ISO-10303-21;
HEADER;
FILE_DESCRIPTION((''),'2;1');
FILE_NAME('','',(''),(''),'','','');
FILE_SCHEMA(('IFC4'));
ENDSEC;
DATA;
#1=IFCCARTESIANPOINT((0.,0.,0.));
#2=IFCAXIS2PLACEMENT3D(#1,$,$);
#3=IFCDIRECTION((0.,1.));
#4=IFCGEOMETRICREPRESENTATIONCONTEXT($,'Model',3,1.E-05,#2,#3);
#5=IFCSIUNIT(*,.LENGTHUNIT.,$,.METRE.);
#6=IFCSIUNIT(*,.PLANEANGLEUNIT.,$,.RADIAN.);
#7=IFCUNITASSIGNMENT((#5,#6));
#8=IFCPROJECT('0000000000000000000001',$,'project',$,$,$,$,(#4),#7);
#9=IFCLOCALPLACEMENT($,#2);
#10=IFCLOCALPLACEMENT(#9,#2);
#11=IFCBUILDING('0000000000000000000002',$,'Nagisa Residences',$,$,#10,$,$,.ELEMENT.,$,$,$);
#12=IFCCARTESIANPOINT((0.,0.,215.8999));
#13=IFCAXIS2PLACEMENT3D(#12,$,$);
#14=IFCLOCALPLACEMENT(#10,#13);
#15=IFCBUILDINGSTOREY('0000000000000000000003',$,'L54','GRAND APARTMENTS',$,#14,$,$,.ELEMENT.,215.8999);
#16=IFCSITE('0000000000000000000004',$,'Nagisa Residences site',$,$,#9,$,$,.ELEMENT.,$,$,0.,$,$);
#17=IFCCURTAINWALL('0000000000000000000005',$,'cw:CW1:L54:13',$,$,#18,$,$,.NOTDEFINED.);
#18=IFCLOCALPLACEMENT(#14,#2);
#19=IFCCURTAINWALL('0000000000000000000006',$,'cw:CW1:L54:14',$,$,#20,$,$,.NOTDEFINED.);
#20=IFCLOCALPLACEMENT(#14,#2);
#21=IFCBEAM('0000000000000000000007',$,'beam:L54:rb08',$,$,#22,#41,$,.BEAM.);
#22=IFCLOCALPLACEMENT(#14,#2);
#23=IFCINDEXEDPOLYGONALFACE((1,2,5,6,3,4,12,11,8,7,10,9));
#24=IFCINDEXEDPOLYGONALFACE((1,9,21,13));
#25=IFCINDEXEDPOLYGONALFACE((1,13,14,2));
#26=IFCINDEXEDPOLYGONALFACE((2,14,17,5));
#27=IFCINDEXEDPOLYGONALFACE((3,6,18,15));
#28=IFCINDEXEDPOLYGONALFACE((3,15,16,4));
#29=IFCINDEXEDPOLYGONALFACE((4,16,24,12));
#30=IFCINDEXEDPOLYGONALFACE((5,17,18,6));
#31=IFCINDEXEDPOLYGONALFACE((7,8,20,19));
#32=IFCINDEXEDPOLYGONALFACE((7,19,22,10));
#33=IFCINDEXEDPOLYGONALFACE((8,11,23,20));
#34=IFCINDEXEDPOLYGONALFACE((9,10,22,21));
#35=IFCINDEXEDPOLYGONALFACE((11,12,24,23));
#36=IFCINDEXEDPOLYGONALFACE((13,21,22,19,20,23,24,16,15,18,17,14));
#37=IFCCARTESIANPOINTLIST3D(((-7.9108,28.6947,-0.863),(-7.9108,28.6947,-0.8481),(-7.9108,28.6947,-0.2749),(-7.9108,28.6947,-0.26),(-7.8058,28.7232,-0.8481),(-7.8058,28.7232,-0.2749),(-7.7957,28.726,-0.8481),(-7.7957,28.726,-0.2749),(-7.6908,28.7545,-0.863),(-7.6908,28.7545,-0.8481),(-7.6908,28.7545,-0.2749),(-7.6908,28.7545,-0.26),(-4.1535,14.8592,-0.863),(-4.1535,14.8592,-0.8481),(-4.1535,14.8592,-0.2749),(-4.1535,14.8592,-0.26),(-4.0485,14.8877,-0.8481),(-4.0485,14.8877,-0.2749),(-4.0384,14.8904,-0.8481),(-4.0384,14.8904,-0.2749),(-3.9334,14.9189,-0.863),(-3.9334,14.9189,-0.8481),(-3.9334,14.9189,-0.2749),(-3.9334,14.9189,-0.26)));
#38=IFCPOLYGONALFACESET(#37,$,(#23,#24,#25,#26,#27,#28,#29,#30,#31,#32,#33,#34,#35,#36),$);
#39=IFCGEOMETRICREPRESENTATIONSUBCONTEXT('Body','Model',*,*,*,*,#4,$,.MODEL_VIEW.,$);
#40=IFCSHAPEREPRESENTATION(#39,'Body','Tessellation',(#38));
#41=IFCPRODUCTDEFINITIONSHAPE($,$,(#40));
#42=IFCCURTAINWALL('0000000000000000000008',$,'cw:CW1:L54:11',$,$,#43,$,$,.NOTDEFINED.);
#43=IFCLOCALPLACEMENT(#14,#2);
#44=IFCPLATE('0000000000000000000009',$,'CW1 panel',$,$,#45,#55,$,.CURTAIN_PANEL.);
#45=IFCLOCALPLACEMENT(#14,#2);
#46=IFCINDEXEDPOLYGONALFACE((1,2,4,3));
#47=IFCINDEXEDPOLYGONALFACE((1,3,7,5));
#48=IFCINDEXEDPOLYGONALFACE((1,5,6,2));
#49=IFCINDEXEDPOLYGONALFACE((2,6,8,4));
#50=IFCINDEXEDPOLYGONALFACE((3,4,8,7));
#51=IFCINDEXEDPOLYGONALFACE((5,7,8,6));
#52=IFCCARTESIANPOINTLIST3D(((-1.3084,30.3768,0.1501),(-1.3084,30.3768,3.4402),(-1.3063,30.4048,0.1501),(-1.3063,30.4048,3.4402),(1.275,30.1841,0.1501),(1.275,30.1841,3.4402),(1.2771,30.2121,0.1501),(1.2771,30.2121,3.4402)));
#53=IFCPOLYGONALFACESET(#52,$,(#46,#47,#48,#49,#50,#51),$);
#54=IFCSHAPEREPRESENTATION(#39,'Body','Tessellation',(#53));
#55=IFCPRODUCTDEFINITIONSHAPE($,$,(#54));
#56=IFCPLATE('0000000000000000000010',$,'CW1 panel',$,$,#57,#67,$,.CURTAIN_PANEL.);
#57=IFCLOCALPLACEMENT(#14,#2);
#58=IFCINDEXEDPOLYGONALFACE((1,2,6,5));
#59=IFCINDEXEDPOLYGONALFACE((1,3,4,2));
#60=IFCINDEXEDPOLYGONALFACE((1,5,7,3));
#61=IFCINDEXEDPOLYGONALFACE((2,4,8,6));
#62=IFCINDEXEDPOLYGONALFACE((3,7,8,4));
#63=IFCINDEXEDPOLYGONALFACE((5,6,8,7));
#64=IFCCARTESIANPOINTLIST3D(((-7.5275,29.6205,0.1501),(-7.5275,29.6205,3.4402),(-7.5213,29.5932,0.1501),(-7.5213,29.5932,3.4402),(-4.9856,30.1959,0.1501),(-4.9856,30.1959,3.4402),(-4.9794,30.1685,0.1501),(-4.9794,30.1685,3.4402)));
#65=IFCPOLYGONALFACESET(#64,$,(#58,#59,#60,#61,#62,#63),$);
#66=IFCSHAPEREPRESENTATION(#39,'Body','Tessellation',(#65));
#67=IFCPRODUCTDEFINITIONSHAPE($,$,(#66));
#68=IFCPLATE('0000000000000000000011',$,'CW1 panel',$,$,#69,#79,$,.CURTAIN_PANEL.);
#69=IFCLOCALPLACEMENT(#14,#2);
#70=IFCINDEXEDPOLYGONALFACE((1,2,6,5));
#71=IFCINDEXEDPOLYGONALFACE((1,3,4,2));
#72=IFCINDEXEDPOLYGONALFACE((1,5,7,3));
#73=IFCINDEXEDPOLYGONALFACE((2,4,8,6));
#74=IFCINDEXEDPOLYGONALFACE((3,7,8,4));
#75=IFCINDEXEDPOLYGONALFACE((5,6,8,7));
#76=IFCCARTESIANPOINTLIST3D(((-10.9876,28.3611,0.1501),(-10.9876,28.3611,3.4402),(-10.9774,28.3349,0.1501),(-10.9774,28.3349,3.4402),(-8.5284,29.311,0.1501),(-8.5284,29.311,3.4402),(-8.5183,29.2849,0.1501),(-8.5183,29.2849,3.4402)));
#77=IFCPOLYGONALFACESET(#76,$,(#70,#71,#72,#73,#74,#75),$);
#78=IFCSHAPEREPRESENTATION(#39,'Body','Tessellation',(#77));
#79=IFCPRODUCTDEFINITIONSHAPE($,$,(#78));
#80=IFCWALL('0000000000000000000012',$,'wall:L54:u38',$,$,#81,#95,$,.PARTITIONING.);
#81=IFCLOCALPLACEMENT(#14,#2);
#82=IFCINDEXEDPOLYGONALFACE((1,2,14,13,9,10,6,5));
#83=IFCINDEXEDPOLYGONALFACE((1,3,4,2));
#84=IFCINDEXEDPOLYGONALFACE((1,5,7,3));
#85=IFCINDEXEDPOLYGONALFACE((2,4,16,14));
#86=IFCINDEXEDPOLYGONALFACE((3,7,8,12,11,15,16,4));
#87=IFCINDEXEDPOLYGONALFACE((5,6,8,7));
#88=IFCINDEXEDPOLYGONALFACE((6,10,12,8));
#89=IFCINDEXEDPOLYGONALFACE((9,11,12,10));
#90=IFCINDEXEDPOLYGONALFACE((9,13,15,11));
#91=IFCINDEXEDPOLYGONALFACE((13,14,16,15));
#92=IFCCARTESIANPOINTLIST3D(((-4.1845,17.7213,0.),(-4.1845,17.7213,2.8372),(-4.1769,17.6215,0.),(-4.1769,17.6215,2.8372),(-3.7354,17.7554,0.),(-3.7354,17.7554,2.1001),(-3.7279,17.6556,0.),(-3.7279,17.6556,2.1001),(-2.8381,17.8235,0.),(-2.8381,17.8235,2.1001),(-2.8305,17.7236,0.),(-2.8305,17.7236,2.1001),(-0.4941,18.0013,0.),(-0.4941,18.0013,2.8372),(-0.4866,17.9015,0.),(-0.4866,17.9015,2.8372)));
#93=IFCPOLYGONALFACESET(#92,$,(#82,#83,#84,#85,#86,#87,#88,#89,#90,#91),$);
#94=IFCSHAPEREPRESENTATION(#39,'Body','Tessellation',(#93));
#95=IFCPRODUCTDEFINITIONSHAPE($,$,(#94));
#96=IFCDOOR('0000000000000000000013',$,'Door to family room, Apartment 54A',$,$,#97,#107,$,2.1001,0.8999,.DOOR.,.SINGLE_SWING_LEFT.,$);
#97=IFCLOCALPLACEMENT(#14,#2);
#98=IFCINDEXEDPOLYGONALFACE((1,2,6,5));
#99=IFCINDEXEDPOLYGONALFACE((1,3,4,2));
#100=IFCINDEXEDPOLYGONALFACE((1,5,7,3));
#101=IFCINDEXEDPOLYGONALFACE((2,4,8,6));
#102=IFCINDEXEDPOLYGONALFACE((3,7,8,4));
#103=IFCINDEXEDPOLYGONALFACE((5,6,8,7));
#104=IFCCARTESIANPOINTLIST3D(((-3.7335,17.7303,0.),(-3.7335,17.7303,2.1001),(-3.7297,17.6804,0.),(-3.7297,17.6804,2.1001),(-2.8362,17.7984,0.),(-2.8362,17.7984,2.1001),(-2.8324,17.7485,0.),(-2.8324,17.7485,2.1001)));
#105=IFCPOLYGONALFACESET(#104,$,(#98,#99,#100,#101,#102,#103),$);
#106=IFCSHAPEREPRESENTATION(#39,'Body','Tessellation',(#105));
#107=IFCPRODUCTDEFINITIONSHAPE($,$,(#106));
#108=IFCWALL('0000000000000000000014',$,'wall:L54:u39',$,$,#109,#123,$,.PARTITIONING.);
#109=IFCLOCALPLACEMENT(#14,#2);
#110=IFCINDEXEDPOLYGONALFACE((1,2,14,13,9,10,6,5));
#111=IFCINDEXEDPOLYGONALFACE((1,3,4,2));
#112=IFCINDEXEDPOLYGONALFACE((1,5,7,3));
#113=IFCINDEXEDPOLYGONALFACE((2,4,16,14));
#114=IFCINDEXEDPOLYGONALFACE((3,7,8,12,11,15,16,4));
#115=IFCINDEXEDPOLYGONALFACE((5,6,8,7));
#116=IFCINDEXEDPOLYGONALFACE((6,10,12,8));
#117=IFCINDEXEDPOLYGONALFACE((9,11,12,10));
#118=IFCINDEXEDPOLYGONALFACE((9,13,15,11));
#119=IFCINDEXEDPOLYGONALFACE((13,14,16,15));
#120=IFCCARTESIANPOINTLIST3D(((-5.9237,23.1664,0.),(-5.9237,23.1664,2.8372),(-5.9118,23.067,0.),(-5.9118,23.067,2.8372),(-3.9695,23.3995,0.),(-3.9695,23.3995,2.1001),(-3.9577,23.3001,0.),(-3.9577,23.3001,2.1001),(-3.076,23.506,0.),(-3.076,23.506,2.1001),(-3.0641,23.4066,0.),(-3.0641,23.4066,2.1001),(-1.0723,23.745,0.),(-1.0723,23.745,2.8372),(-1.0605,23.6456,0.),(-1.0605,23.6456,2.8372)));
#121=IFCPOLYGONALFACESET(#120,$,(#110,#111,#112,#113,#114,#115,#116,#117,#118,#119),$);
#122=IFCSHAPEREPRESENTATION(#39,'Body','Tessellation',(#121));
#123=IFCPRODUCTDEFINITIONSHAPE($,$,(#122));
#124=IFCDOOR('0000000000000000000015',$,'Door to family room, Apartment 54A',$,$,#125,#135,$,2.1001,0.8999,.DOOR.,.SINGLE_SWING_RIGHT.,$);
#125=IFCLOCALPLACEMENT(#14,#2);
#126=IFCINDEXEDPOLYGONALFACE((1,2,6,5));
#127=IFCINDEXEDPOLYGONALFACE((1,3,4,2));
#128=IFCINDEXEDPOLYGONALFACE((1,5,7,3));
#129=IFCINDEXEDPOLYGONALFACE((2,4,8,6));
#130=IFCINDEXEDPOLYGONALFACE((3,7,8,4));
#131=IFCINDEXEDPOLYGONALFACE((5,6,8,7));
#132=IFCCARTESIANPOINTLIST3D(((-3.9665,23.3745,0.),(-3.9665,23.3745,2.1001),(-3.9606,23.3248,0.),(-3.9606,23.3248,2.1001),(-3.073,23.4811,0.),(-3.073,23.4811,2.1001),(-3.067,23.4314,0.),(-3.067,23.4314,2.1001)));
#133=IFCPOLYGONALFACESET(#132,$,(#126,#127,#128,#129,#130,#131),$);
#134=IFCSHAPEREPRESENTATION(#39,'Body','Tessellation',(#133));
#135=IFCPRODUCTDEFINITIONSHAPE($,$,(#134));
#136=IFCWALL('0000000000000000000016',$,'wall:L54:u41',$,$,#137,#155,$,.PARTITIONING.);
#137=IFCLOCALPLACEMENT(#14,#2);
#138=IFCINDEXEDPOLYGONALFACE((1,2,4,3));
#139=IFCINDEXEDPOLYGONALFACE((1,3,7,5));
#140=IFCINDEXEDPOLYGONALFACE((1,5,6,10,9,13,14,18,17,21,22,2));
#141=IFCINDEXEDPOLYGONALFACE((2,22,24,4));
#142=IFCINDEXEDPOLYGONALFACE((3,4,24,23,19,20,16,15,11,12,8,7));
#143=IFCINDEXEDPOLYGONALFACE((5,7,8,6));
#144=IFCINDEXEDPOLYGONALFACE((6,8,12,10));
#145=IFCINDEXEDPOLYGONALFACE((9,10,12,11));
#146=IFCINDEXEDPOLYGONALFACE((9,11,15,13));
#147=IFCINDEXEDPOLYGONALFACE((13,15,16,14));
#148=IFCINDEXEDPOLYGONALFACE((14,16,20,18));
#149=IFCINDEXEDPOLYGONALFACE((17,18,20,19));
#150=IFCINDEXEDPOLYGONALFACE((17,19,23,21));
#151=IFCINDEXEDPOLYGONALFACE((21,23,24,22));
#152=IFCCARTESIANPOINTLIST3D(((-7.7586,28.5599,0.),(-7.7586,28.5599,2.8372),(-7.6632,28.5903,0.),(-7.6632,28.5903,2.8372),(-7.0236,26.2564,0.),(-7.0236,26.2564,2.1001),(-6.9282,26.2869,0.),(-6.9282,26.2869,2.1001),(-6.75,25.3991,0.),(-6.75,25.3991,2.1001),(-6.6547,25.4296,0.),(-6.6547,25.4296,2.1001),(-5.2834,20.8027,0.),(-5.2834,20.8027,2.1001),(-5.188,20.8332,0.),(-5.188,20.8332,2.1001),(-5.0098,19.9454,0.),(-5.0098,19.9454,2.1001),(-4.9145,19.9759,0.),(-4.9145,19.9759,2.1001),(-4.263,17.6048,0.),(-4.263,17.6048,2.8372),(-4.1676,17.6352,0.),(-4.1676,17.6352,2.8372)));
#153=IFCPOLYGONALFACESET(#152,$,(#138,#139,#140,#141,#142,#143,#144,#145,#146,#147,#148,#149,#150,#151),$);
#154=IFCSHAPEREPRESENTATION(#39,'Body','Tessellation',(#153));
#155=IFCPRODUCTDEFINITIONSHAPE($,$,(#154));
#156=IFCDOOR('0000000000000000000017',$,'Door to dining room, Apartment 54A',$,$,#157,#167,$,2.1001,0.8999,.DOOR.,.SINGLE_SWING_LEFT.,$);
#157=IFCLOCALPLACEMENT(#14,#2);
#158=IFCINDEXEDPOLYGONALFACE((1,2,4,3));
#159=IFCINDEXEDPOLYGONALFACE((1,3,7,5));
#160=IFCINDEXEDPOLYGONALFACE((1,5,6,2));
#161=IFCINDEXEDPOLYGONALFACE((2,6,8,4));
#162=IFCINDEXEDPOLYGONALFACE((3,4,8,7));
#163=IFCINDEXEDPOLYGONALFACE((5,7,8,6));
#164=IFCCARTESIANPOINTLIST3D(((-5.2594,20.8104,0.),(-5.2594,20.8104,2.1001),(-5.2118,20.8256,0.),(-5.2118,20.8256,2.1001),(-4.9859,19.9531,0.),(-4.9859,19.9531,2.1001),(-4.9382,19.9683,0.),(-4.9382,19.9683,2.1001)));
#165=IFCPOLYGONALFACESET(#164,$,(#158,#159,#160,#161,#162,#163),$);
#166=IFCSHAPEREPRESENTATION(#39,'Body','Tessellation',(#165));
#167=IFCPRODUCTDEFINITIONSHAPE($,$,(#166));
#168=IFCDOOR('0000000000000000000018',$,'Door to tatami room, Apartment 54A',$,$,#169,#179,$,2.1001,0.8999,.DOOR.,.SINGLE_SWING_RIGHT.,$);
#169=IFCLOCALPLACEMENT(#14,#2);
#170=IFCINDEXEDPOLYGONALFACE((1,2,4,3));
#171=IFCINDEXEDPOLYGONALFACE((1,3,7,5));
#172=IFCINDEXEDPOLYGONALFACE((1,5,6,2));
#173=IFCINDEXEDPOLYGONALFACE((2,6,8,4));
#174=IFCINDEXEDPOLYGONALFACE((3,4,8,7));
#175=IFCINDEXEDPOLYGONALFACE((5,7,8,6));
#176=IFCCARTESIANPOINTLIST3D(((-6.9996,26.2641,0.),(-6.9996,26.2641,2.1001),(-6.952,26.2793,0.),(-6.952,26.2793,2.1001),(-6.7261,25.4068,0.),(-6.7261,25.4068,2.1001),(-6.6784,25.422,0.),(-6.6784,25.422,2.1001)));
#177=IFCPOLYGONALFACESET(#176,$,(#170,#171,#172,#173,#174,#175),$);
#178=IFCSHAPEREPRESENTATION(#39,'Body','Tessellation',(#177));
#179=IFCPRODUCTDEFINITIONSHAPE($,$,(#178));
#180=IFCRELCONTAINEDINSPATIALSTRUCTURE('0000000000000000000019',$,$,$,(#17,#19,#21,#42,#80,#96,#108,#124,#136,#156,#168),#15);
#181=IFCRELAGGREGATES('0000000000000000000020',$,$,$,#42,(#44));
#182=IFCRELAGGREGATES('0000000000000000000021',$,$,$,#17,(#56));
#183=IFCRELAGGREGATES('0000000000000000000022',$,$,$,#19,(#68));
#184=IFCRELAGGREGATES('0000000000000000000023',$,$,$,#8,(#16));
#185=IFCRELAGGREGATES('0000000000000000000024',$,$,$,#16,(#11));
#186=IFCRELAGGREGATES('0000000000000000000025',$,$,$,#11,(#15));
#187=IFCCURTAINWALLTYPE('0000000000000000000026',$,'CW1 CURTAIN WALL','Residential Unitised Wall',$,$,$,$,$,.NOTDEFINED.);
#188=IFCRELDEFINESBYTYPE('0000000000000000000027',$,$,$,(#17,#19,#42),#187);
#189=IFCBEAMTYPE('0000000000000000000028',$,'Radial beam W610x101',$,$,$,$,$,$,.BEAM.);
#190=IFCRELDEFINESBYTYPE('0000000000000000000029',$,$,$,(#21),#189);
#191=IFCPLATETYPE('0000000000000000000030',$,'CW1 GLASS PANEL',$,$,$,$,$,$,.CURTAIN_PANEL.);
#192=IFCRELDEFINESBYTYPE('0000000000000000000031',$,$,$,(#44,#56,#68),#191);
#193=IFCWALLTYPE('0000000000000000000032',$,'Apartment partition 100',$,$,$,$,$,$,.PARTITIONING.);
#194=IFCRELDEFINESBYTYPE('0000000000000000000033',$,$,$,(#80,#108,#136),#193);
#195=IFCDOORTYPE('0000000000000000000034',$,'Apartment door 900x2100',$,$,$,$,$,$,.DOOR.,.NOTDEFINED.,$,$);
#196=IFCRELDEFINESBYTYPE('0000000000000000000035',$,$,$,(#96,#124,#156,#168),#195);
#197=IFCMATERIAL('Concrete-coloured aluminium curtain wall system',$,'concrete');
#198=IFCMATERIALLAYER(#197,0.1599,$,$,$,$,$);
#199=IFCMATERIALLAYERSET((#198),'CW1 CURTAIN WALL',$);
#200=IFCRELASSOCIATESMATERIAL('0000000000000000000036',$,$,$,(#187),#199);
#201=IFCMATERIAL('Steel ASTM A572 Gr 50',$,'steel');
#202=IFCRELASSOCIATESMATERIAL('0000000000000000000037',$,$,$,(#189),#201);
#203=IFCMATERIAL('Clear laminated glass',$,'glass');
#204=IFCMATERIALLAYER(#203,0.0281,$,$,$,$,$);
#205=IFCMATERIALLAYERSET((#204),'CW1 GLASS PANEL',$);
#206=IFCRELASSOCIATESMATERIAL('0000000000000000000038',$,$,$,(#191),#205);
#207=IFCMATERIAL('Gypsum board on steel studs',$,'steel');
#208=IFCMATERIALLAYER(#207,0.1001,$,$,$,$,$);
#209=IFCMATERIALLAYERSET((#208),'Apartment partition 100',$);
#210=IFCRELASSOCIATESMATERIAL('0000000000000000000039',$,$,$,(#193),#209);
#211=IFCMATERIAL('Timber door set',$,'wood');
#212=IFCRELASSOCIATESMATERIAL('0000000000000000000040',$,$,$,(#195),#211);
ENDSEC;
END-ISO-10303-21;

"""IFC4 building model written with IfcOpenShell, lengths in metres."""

from ifc_helpers import new_model, si_unit, direction, frame, frame_2d, origin, origin_2d, place, context, subcontext, project, spatial, rectangle, i_section, extrude, material, layer, layer_set, material_profile, profile_set, type_object, element, fill, aggregate, save


model = new_model("IFC4")

# Units and contexts
model_context = context("Model", 3, precision=1e-05, world=origin(), true_north=direction((0.0, 1.0)))
body_context = subcontext(model_context, "Body", "Model", "MODEL_VIEW")
ifc_project = project(units=[si_unit("LENGTHUNIT", "METRE"), si_unit("PLANEANGLEUNIT", "RADIAN")], contexts=[model_context])

# Site, building, storey
site_placement = place(None, origin())
site = spatial("IfcSite", under=ifc_project, at=site_placement, Name="Nagisa Residences site", CompositionType="ELEMENT", RefElevation=0.0)
building_placement = place(site_placement, origin())
building = spatial("IfcBuilding", under=site, at=building_placement, Name="Nagisa Residences", CompositionType="ELEMENT")
storey_placement = place(building_placement, frame((0.0, 0.0, 215.8999)))
storey = spatial("IfcBuildingStorey", under=building, at=storey_placement, Name="L54", Description="GRAND APARTMENTS", CompositionType="ELEMENT", Elevation=215.8999)

# Curtain walls
ifc_material_1 = material(Name="Concrete-coloured aluminium curtain wall system", Category="concrete")
ifc_layer_1 = layer(ifc_material_1, 0.1599)
ifc_layer_set_1 = layer_set([ifc_layer_1], Name="CW1 CURTAIN WALL")
curtain_wall_type = type_object("IfcCurtainWallType", Name="CW1 CURTAIN WALL", Description="Residential Unitised Wall", PredefinedType="NOTDEFINED", material=ifc_layer_set_1)
curtain_wall_1_placement = place(storey_placement, origin())
curtain_wall_1 = element("IfcCurtainWall", 1, at=curtain_wall_1_placement, inside=storey, type_object=curtain_wall_type, Name="cw:CW1:L54:13", PredefinedType="NOTDEFINED")
curtain_wall_2_placement = place(storey_placement, origin())
curtain_wall_2 = element("IfcCurtainWall", 2, at=curtain_wall_2_placement, inside=storey, type_object=curtain_wall_type, Name="cw:CW1:L54:14", PredefinedType="NOTDEFINED")

# Beam
ifc_material_2 = material(Name="Steel ASTM A572 Gr 50", Category="steel")
ifc_material_profile_1 = material_profile(ifc_material_2, i_section(OverallWidth=0.228, OverallDepth=0.603, WebThickness=0.0105, FlangeThickness=0.0149, at=origin_2d()), Name="W610x101")
ifc_profile_set_1 = profile_set([ifc_material_profile_1], Name="Steel ASTM A572 Gr 50")
beam_type_1 = type_object("IfcBeamType", Name="Radial beam W610x101", PredefinedType="BEAM", material=ifc_profile_set_1)
beam_1_placement = place(storey_placement, frame((-7.8008, 28.7246, -0.5615), z_axis=(0.26208, -0.965046, 0.0), x_axis=(0.965046, 0.26208, 0.0)))
element("IfcBeam", 3, at=beam_1_placement, inside=storey, type_object=beam_type_1, Name="beam:L54:rb08", PredefinedType="BEAM", context=body_context, shape_type="SweptSolid", body=[
    extrude(i_section(OverallWidth=0.228, OverallDepth=0.603, WebThickness=0.0105, FlangeThickness=0.0149, at=origin_2d()), origin(), (0.0, 0.0, 1.0), 14.3367),
])

# Curtain wall, plate
curtain_wall_3_placement = place(storey_placement, origin())
curtain_wall_3 = element("IfcCurtainWall", 4, at=curtain_wall_3_placement, inside=storey, type_object=curtain_wall_type, Name="cw:CW1:L54:11", PredefinedType="NOTDEFINED")
ifc_material_3 = material(Name="Clear laminated glass", Category="glass")
ifc_layer_2 = layer(ifc_material_3, 0.0281)
ifc_layer_set_2 = layer_set([ifc_layer_2], Name="CW1 GLASS PANEL")
plate_type = type_object("IfcPlateType", Name="CW1 GLASS PANEL", PredefinedType="CURTAIN_PANEL", material=ifc_layer_set_2)
plate_1_placement = place(storey_placement, frame((-0.0156, 30.2944, 0.1501), z_axis=(0.0, 0.0, 1.0), x_axis=(-0.99723, 0.074377, 0.0)))
plate_1 = element("IfcPlate", 5, at=plate_1_placement, type_object=plate_type, Name="CW1 panel", PredefinedType="CURTAIN_PANEL", context=body_context, shape_type="SweptSolid", body=[
    extrude(rectangle(XDim=2.5906, YDim=0.0281, at=origin_2d()), origin(), (0.0, 0.0, 1.0), 3.29),
])
aggregate(curtain_wall_3, [plate_1])

# Plates
plate_2_placement = place(storey_placement, frame((-6.2534, 29.8945, 0.1501), z_axis=(0.0, 0.0, 1.0), x_axis=(-0.975327, -0.220764, 0.0)))
plate_2 = element("IfcPlate", 6, at=plate_2_placement, type_object=plate_type, Name="CW1 panel", PredefinedType="CURTAIN_PANEL", context=body_context, shape_type="SweptSolid", body=[
    extrude(rectangle(XDim=2.6062, YDim=0.0281, at=origin_2d()), origin(), (0.0, 0.0, 1.0), 3.29),
])
aggregate(curtain_wall_1, [plate_2])
plate_3_placement = place(storey_placement, frame((-9.7529, 28.823, 0.1501), z_axis=(0.0, 0.0, 1.0), x_axis=(-0.932826, -0.360328, 0.0)))
plate_3 = element("IfcPlate", 7, at=plate_3_placement, type_object=plate_type, Name="CW1 panel", PredefinedType="CURTAIN_PANEL", context=body_context, shape_type="SweptSolid", body=[
    extrude(rectangle(XDim=2.6362, YDim=0.0281, at=origin_2d()), origin(), (0.0, 0.0, 1.0), 3.29),
])
aggregate(curtain_wall_2, [plate_3])

# Walls, openings, doors
ifc_material_4 = material(Name="Gypsum board on steel studs", Category="steel")
ifc_layer_3 = layer(ifc_material_4, 0.1001)
ifc_layer_set_3 = layer_set([ifc_layer_3], Name="Apartment partition 100")
wall_type_1 = type_object("IfcWallType", Name="Apartment partition 100", PredefinedType="PARTITIONING", material=ifc_layer_set_3)
wall_1_placement = place(storey_placement, frame((-0.4902, 17.9514, 0.0), z_axis=(0.0, 0.0, 1.0), x_axis=(-0.997133, -0.075662, 0.0)))
wall_1 = element("IfcWall", 8, at=wall_1_placement, inside=storey, type_object=wall_type_1, Name="wall:L54:u38", PredefinedType="PARTITIONING", context=body_context, shape_type="SweptSolid", body=[
    extrude(rectangle(XDim=3.7009, YDim=0.1001, at=frame_2d((1.8506, 0.0))), origin(), (0.0, 0.0, 1.0), 2.8372),
])
opening_1_placement = place(wall_1_placement, frame((2.3508, 0.0, 0.0)))
opening_1 = element("IfcOpeningElement", 9, at=opening_1_placement, cuts=wall_1, PredefinedType="OPENING", context=body_context, shape_type="SweptSolid", body=[
    extrude(rectangle(XDim=0.8999, YDim=2.1001, at=frame_2d((0.45, 1.05))), frame((0.0, 0.0601, 0.0), z_axis=(0.0, -1.0, 0.0), x_axis=(1.0, 0.0, 0.0)), (0.0, 0.0, 1.0), 0.1201),
])
ifc_material_5 = material(Name="Timber door set", Category="wood")
door_type_1 = type_object("IfcDoorType", Name="Apartment door 900x2100", OperationType="NOTDEFINED", PredefinedType="DOOR", material=ifc_material_5)
door_1_placement = place(opening_1_placement, frame((0.8999, 0.0, 0.0), x_axis=(-1.0, 0.0, 0.0)))
door_1 = element("IfcDoor", 10, at=door_1_placement, inside=storey, type_object=door_type_1, Name="Door to family room, Apartment 54A", OperationType="SINGLE_SWING_LEFT", OverallHeight=2.1001, OverallWidth=0.8999, PredefinedType="DOOR", context=body_context, shape_type="SweptSolid", body=[
    extrude(rectangle(XDim=0.8999, YDim=2.1001, at=frame_2d((0.45, 1.05))), frame((0.0, 0.0249, 0.0), z_axis=(0.0, -1.0, 0.0), x_axis=(1.0, 0.0, 0.0)), (0.0, 0.0, 1.0), 0.05),
])
fill(opening_1, door_1)
wall_2_placement = place(storey_placement, frame((-1.0664, 23.6953, 0.0), z_axis=(0.0, 0.0, 1.0), x_axis=(-0.992962, -0.11843, 0.0)))
wall_2 = element("IfcWall", 11, at=wall_2_placement, inside=storey, type_object=wall_type_1, Name="wall:L54:u39", PredefinedType="PARTITIONING", context=body_context, shape_type="SweptSolid", body=[
    extrude(rectangle(XDim=4.8857, YDim=0.1001, at=frame_2d((2.4429, 0.0))), origin(), (0.0, 0.0, 1.0), 2.8372),
])
opening_2_placement = place(wall_2_placement, frame((2.0178, 0.0, 0.0)))
opening_2 = element("IfcOpeningElement", 12, at=opening_2_placement, cuts=wall_2, PredefinedType="OPENING", context=body_context, shape_type="SweptSolid", body=[
    extrude(rectangle(XDim=0.8999, YDim=2.1001, at=frame_2d((0.45, 1.05))), frame((0.0, 0.0601, 0.0), z_axis=(0.0, -1.0, 0.0), x_axis=(1.0, 0.0, 0.0)), (0.0, 0.0, 1.0), 0.1201),
])
door_2_placement = place(opening_2_placement, frame((0.8999, 0.0, 0.0), x_axis=(-1.0, 0.0, 0.0)))
door_2 = element("IfcDoor", 13, at=door_2_placement, inside=storey, type_object=door_type_1, Name="Door to family room, Apartment 54A", OperationType="SINGLE_SWING_RIGHT", OverallHeight=2.1001, OverallWidth=0.8999, PredefinedType="DOOR", context=body_context, shape_type="SweptSolid", body=[
    extrude(rectangle(XDim=0.8999, YDim=2.1001, at=frame_2d((0.45, 1.05))), frame((0.0, 0.0249, 0.0), z_axis=(0.0, -1.0, 0.0), x_axis=(1.0, 0.0, 0.0)), (0.0, 0.0, 1.0), 0.05),
])
fill(opening_2, door_2)

# Wall, openings, doors
wall_3_placement = place(storey_placement, frame((-4.2153, 17.6201, 0.0), z_axis=(0.0, 0.0, 1.0), x_axis=(-0.303985, 0.952677, 0.0)))
wall_3 = element("IfcWall", 14, at=wall_3_placement, inside=storey, type_object=wall_type_1, Name="wall:L54:u41", PredefinedType="PARTITIONING", context=body_context, shape_type="SweptSolid", body=[
    extrude(rectangle(XDim=11.4993, YDim=0.1001, at=frame_2d((5.7495, 0.0))), origin(), (0.0, 0.0, 1.0), 2.8372),
])
opening_3_placement = place(wall_3_placement, frame((2.4568, 0.0, 0.0)))
opening_3 = element("IfcOpeningElement", 15, at=opening_3_placement, cuts=wall_3, PredefinedType="OPENING", context=body_context, shape_type="SweptSolid", body=[
    extrude(rectangle(XDim=0.8999, YDim=2.1001, at=frame_2d((0.45, 1.05))), frame((0.0, 0.0601, 0.0), z_axis=(0.0, -1.0, 0.0), x_axis=(1.0, 0.0, 0.0)), (0.0, 0.0, 1.0), 0.1201),
])
opening_4_placement = place(wall_3_placement, frame((8.1814, 0.0, 0.0)))
opening_4 = element("IfcOpeningElement", 16, at=opening_4_placement, cuts=wall_3, PredefinedType="OPENING", context=body_context, shape_type="SweptSolid", body=[
    extrude(rectangle(XDim=0.8999, YDim=2.1001, at=frame_2d((0.45, 1.05))), frame((0.0, 0.0601, 0.0), z_axis=(0.0, -1.0, 0.0), x_axis=(1.0, 0.0, 0.0)), (0.0, 0.0, 1.0), 0.1201),
])
door_3_placement = place(opening_3_placement, origin())
door_3 = element("IfcDoor", 17, at=door_3_placement, inside=storey, type_object=door_type_1, Name="Door to dining room, Apartment 54A", OperationType="SINGLE_SWING_LEFT", OverallHeight=2.1001, OverallWidth=0.8999, PredefinedType="DOOR", context=body_context, shape_type="SweptSolid", body=[
    extrude(rectangle(XDim=0.8999, YDim=2.1001, at=frame_2d((0.45, 1.05))), frame((0.0, 0.0249, 0.0), z_axis=(0.0, -1.0, 0.0), x_axis=(1.0, 0.0, 0.0)), (0.0, 0.0, 1.0), 0.05),
])
fill(opening_3, door_3)
door_4_placement = place(opening_4_placement, origin())
door_4 = element("IfcDoor", 18, at=door_4_placement, inside=storey, type_object=door_type_1, Name="Door to tatami room, Apartment 54A", OperationType="SINGLE_SWING_RIGHT", OverallHeight=2.1001, OverallWidth=0.8999, PredefinedType="DOOR", context=body_context, shape_type="SweptSolid", body=[
    extrude(rectangle(XDim=0.8999, YDim=2.1001, at=frame_2d((0.45, 1.05))), frame((0.0, 0.0249, 0.0), z_axis=(0.0, -1.0, 0.0), x_axis=(1.0, 0.0, 0.0)), (0.0, 0.0, 1.0), 0.05),
])
fill(opening_4, door_4)

save(model, "model.ifc")
